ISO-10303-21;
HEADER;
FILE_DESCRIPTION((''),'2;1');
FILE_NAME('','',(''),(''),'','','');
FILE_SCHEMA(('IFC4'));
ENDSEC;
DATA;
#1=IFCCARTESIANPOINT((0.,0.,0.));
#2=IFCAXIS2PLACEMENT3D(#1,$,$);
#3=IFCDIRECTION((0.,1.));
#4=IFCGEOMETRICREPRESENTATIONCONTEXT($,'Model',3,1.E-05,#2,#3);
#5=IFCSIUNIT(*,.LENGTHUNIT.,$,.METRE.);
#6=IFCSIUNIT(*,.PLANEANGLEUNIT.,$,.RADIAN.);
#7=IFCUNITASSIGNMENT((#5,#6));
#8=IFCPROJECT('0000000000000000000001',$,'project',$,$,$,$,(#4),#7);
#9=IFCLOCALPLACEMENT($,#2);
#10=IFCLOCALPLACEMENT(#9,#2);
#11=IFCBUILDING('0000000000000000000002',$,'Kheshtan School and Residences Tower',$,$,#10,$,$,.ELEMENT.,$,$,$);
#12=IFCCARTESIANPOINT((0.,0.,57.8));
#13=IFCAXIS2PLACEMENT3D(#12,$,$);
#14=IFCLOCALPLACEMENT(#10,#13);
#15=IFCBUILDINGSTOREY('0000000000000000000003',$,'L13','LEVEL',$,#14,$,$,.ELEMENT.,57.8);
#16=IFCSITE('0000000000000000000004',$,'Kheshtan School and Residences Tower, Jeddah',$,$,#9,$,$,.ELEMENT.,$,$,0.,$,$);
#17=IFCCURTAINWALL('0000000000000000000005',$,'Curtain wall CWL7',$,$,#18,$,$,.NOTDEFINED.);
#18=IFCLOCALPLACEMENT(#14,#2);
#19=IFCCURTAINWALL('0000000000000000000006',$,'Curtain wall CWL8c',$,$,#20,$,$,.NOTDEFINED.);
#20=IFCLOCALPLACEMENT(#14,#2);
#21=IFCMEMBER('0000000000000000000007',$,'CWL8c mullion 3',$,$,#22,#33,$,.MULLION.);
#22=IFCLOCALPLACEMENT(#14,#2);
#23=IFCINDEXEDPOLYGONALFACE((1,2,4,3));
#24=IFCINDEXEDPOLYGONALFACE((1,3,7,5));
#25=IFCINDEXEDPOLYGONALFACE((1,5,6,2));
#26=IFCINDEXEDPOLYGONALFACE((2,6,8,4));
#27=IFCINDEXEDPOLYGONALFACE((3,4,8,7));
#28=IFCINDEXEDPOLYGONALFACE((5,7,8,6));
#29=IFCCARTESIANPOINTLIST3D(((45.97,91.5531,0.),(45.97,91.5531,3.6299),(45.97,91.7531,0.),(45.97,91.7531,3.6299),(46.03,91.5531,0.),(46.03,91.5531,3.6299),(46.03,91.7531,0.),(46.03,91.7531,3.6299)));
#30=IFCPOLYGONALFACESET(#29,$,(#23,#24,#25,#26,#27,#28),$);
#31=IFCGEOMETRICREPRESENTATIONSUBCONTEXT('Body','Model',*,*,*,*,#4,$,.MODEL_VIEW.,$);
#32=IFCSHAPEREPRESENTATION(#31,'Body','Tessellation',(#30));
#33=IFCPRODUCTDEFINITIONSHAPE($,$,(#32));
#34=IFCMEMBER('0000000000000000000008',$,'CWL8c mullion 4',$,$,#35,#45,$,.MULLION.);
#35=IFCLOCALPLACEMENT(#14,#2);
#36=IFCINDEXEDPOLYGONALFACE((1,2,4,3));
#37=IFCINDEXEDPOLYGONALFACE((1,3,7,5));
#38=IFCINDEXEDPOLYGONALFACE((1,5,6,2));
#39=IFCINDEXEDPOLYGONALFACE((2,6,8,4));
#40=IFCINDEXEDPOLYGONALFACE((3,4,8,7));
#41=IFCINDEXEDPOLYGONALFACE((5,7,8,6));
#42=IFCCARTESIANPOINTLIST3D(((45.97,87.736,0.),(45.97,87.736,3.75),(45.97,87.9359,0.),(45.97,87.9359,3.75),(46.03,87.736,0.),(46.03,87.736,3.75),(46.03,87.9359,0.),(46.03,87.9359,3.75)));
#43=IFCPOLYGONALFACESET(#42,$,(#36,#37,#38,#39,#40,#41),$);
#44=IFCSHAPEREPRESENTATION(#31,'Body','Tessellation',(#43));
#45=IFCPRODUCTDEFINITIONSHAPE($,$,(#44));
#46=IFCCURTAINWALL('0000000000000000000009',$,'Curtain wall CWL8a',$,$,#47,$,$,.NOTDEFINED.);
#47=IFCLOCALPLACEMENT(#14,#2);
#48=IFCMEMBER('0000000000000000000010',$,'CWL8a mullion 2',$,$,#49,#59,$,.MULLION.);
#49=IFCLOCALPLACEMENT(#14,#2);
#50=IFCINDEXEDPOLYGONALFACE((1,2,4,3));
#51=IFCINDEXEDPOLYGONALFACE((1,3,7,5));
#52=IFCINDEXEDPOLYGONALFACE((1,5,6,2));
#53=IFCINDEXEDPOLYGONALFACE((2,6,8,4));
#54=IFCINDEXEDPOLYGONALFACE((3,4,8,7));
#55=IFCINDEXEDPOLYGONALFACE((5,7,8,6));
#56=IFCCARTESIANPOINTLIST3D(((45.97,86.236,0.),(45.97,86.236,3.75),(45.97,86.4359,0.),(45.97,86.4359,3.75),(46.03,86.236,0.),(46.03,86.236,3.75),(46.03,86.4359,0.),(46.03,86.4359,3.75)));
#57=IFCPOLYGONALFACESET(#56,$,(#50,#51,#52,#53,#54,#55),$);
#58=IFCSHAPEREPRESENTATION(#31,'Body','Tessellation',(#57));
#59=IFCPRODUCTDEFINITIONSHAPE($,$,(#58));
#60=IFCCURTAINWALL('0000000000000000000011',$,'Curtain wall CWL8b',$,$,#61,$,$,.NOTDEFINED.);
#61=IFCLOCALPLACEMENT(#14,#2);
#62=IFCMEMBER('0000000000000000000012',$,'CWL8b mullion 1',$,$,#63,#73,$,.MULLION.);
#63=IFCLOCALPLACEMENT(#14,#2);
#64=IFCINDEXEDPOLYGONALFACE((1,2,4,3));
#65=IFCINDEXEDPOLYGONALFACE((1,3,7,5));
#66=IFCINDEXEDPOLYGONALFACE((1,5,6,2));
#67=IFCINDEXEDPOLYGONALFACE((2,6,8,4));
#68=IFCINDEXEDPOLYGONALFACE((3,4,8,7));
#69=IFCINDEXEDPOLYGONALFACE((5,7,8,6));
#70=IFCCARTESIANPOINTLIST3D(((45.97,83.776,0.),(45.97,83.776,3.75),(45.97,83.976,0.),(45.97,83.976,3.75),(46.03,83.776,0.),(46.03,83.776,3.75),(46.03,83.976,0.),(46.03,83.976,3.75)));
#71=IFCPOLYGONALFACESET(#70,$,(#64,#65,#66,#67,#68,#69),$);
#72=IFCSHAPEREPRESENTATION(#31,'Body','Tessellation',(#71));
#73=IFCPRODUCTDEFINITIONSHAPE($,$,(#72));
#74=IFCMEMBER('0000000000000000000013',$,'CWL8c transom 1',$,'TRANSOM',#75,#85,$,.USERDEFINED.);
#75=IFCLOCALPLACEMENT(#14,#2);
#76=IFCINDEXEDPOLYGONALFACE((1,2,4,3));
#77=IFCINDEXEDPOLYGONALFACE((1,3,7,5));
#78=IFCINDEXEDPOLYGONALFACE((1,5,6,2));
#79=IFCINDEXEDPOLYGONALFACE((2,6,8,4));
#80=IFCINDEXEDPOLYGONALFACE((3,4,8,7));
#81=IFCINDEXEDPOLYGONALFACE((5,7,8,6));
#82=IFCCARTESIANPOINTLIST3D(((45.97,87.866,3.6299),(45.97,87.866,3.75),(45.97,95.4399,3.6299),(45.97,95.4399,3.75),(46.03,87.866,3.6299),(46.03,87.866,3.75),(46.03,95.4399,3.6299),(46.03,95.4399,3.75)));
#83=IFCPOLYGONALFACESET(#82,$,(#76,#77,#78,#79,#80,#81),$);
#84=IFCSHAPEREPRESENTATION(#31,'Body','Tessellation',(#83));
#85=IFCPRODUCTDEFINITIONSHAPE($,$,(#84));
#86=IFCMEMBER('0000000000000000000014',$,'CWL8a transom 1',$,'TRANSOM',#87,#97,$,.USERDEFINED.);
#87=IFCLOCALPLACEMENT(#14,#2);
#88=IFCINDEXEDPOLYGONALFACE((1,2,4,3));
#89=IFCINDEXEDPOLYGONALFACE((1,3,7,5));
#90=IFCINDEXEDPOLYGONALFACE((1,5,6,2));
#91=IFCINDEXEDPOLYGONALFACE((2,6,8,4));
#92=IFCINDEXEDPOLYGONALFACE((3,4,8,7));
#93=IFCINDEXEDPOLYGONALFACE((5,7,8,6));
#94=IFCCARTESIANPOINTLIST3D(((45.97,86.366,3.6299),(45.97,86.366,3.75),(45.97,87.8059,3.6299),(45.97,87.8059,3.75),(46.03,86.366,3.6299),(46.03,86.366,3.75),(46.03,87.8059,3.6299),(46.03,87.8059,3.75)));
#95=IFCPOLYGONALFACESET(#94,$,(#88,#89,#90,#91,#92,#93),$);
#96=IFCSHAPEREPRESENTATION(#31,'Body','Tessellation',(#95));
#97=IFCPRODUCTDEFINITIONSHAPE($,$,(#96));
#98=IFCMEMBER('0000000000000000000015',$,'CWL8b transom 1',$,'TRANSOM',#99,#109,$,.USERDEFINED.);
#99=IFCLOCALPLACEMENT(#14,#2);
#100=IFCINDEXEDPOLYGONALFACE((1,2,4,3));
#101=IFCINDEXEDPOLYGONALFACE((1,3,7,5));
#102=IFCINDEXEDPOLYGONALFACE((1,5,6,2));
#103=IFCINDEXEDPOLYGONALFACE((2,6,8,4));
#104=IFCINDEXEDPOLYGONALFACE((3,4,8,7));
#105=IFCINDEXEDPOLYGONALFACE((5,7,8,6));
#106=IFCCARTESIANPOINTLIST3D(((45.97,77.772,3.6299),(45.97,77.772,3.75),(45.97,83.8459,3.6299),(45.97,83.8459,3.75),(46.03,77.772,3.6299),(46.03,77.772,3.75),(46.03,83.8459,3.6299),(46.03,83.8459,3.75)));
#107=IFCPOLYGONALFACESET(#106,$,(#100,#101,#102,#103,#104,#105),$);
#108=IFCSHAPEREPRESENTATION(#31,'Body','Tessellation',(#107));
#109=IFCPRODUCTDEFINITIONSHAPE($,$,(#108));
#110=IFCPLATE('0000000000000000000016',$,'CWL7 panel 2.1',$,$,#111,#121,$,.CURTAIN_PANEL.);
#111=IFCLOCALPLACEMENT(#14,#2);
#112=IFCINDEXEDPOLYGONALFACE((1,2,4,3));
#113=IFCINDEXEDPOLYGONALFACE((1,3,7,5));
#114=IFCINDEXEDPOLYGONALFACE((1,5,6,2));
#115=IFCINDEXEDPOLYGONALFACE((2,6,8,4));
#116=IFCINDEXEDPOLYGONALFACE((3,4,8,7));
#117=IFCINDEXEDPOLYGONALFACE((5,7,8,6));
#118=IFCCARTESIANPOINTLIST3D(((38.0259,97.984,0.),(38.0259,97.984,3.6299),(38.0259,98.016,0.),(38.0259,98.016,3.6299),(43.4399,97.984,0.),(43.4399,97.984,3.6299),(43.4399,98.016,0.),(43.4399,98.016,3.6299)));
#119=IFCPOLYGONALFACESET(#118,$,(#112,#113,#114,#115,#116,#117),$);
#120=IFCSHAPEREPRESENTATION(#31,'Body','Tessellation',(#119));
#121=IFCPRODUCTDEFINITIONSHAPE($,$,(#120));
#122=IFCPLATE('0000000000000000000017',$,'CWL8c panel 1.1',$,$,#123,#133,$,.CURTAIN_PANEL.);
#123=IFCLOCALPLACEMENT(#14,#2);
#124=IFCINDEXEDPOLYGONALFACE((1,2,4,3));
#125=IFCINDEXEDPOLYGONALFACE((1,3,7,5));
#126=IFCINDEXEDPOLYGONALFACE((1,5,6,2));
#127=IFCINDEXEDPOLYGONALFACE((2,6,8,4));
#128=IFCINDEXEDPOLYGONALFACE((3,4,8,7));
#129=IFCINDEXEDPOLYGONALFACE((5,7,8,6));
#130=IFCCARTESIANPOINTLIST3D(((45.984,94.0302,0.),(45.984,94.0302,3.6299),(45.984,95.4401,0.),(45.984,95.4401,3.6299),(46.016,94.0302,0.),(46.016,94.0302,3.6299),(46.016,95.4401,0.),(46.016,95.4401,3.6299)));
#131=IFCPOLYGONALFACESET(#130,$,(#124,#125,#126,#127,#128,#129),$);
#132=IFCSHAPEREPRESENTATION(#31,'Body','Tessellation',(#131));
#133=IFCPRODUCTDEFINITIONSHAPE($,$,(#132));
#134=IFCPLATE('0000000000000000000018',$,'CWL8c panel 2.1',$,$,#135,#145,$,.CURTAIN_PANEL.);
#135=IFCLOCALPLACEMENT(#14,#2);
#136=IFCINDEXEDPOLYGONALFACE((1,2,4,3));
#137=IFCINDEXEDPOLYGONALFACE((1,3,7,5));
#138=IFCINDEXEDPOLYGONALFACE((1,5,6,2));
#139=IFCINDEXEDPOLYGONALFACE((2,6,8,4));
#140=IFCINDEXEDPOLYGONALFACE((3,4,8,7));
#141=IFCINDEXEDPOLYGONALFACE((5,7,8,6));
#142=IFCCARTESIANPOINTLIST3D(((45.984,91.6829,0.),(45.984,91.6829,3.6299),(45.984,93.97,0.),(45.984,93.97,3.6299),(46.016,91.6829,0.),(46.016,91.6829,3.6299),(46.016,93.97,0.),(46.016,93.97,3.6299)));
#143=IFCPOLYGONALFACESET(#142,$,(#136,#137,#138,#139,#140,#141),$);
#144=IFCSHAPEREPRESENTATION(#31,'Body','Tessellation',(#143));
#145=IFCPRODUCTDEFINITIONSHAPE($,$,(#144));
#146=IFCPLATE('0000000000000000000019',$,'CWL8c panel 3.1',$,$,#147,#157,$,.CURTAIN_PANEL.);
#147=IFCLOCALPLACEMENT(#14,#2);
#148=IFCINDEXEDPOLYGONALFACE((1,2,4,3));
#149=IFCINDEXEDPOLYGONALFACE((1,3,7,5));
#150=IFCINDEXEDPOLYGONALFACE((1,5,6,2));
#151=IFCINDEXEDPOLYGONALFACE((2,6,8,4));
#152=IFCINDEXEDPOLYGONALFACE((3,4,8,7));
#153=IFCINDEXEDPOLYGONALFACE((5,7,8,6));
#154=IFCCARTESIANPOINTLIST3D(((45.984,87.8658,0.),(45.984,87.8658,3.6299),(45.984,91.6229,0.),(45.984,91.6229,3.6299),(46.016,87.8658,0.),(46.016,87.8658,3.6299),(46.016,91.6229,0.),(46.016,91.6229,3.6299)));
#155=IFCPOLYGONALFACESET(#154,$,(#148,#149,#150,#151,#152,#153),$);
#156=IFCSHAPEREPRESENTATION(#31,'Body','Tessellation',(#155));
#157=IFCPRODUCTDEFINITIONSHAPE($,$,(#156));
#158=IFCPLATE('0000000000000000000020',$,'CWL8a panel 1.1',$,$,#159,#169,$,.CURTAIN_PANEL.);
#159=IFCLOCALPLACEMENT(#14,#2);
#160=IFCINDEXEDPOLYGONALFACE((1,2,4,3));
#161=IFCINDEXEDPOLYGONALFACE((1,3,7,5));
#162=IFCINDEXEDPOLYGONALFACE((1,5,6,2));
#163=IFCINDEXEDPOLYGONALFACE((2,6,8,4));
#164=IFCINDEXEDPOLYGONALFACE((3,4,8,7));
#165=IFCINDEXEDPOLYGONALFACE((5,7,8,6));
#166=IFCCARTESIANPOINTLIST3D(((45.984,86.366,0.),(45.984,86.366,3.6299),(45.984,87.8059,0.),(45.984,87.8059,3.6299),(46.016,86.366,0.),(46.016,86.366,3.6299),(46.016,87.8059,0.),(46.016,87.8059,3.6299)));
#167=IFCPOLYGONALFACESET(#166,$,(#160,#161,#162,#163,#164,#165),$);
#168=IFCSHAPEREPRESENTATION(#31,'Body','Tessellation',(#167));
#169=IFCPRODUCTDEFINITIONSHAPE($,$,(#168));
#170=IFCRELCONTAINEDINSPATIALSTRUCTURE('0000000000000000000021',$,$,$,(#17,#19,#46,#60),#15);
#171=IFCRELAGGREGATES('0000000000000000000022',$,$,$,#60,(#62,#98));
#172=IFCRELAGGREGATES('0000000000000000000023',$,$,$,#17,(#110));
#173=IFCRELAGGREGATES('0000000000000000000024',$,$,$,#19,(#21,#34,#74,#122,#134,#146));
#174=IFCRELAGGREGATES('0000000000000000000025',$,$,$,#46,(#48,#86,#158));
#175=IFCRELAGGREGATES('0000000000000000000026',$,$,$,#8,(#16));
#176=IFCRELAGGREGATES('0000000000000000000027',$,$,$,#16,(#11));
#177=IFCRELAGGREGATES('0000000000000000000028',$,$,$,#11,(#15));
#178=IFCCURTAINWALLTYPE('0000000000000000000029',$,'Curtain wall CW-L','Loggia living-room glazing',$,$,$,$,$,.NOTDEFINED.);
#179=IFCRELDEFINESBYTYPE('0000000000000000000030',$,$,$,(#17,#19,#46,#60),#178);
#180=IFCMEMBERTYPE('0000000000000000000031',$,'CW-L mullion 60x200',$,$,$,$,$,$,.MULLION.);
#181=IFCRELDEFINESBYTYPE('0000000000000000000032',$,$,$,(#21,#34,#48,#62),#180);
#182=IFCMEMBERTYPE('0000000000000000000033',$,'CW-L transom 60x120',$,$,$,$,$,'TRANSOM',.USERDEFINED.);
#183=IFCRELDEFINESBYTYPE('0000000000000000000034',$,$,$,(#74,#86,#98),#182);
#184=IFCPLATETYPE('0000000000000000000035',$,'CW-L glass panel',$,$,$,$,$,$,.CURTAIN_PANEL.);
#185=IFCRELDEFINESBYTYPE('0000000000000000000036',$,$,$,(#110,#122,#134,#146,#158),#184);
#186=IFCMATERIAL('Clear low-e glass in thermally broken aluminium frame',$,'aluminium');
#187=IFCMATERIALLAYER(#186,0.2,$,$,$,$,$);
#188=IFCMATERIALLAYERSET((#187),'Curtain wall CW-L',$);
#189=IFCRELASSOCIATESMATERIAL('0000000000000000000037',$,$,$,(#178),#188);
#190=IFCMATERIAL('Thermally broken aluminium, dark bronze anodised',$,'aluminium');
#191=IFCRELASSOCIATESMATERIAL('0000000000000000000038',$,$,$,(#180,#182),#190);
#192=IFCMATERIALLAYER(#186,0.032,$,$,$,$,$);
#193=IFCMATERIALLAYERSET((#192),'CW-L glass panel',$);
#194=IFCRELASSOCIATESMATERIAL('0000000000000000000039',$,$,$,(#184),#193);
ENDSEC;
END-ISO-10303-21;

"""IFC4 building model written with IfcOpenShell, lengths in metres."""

from ifc_helpers import new_model, si_unit, direction, frame, origin, origin_2d, place, context, subcontext, project, spatial, rectangle, extrude, material, layer, layer_set, material_profile, profile_set, type_object, element, aggregate, save


model = new_model("IFC4")

# Units and contexts
model_context = context("Model", 3, precision=1e-05, world=origin(), true_north=direction((0.0, 1.0)))
body_context = subcontext(model_context, "Body", "Model", "MODEL_VIEW")
ifc_project = project(units=[si_unit("LENGTHUNIT", "METRE"), si_unit("PLANEANGLEUNIT", "RADIAN")], contexts=[model_context])

# Site, building, storey
site_placement = place(None, origin())
site = spatial("IfcSite", under=ifc_project, at=site_placement, Name="Kheshtan School and Residences Tower, Jeddah", CompositionType="ELEMENT", RefElevation=0.0)
building_placement = place(site_placement, origin())
building = spatial("IfcBuilding", under=site, at=building_placement, Name="Kheshtan School and Residences Tower", CompositionType="ELEMENT")
storey_placement = place(building_placement, frame((0.0, 0.0, 57.8)))
storey = spatial("IfcBuildingStorey", under=building, at=storey_placement, Name="L13", Description="LEVEL", CompositionType="ELEMENT", Elevation=57.8)

# Curtain walls, members
ifc_material_1 = material(Name="Clear low-e glass in thermally broken aluminium frame", Category="aluminium")
ifc_layer_1 = layer(ifc_material_1, 0.2)
ifc_layer_set_1 = layer_set([ifc_layer_1], Name="Curtain wall CW-L")
curtain_wall_type = type_object("IfcCurtainWallType", Name="Curtain wall CW-L", Description="Loggia living-room glazing", PredefinedType="NOTDEFINED", material=ifc_layer_set_1)
curtain_wall_1_placement = place(storey_placement, origin())
curtain_wall_1 = element("IfcCurtainWall", 1, at=curtain_wall_1_placement, inside=storey, type_object=curtain_wall_type, Name="Curtain wall CWL7", PredefinedType="NOTDEFINED")
ifc_material_2 = material(Name="Thermally broken aluminium, dark bronze anodised", Category="aluminium")
ifc_material_profile_1 = material_profile(ifc_material_2, rectangle(XDim=0.0601, YDim=0.2, at=origin_2d()), Name="CW-L mullion 60x200")
ifc_profile_set_1 = profile_set([ifc_material_profile_1], Name="Thermally broken aluminium, dark bronze anodised")
member_type_1 = type_object("IfcMemberType", Name="CW-L mullion 60x200", PredefinedType="MULLION", material=ifc_profile_set_1)
curtain_wall_2_placement = place(storey_placement, origin())
curtain_wall_2 = element("IfcCurtainWall", 2, at=curtain_wall_2_placement, inside=storey, type_object=curtain_wall_type, Name="Curtain wall CWL8c", PredefinedType="NOTDEFINED")
member_1_placement = place(storey_placement, frame((46.0, 91.6531, 0.0), z_axis=(0.0, 0.0, 1.0), x_axis=(1.0, 0.0, 0.0)))
member_1 = element("IfcMember", 3, at=member_1_placement, type_object=member_type_1, Name="CWL8c mullion 3", PredefinedType="MULLION", context=body_context, shape_type="SweptSolid", body=[
    extrude(rectangle(XDim=0.0601, YDim=0.2, at=origin_2d()), origin(), (0.0, 0.0, 1.0), 3.6299),
])
member_2_placement = place(storey_placement, frame((46.0, 87.8359, 0.0), z_axis=(0.0, 0.0, 1.0), x_axis=(1.0, 0.0, 0.0)))
member_2 = element("IfcMember", 4, at=member_2_placement, type_object=member_type_1, Name="CWL8c mullion 4", PredefinedType="MULLION", context=body_context, shape_type="SweptSolid", body=[
    extrude(rectangle(XDim=0.0601, YDim=0.2, at=origin_2d()), origin(), (0.0, 0.0, 1.0), 3.75),
])

# Curtain walls, members
curtain_wall_3_placement = place(storey_placement, origin())
curtain_wall_3 = element("IfcCurtainWall", 5, at=curtain_wall_3_placement, inside=storey, type_object=curtain_wall_type, Name="Curtain wall CWL8a", PredefinedType="NOTDEFINED")
member_3_placement = place(storey_placement, frame((46.0, 86.3359, 0.0), z_axis=(0.0, 0.0, 1.0), x_axis=(1.0, 0.0, 0.0)))
member_3 = element("IfcMember", 6, at=member_3_placement, type_object=member_type_1, Name="CWL8a mullion 2", PredefinedType="MULLION", context=body_context, shape_type="SweptSolid", body=[
    extrude(rectangle(XDim=0.0601, YDim=0.2, at=origin_2d()), origin(), (0.0, 0.0, 1.0), 3.75),
])
curtain_wall_4_placement = place(storey_placement, origin())
curtain_wall_4 = element("IfcCurtainWall", 7, at=curtain_wall_4_placement, inside=storey, type_object=curtain_wall_type, Name="Curtain wall CWL8b", PredefinedType="NOTDEFINED")
member_4_placement = place(storey_placement, frame((46.0, 83.876, 0.0), z_axis=(0.0, 0.0, 1.0), x_axis=(1.0, 0.0, 0.0)))
member_4 = element("IfcMember", 8, at=member_4_placement, type_object=member_type_1, Name="CWL8b mullion 1", PredefinedType="MULLION", context=body_context, shape_type="SweptSolid", body=[
    extrude(rectangle(XDim=0.0601, YDim=0.2, at=origin_2d()), origin(), (0.0, 0.0, 1.0), 3.75),
])

# Members
ifc_material_profile_2 = material_profile(ifc_material_2, rectangle(XDim=0.0601, YDim=0.1201, at=origin_2d()), Name="CW-L transom 60x120")
ifc_profile_set_2 = profile_set([ifc_material_profile_2], Name="Thermally broken aluminium, dark bronze anodised")
member_type_2 = type_object("IfcMemberType", Name="CW-L transom 60x120", ElementType="TRANSOM", PredefinedType="USERDEFINED", material=ifc_profile_set_2)
member_5_placement = place(storey_placement, frame((46.0, 95.4399, 3.6899), z_axis=(0.0, -1.0, 0.0), x_axis=(1.0, 0.0, 0.0)))
member_5 = element("IfcMember", 9, at=member_5_placement, type_object=member_type_2, Name="CWL8c transom 1", ObjectType="TRANSOM", PredefinedType="USERDEFINED", context=body_context, shape_type="SweptSolid", body=[
    extrude(rectangle(XDim=0.0601, YDim=0.1201, at=origin_2d()), origin(), (0.0, 0.0, 1.0), 7.574),
])
member_6_placement = place(storey_placement, frame((46.0, 87.8059, 3.6899), z_axis=(0.0, -1.0, 0.0), x_axis=(1.0, 0.0, 0.0)))
member_6 = element("IfcMember", 10, at=member_6_placement, type_object=member_type_2, Name="CWL8a transom 1", ObjectType="TRANSOM", PredefinedType="USERDEFINED", context=body_context, shape_type="SweptSolid", body=[
    extrude(rectangle(XDim=0.0601, YDim=0.1201, at=origin_2d()), origin(), (0.0, 0.0, 1.0), 1.4399),
])
member_7_placement = place(storey_placement, frame((46.0, 83.8459, 3.6899), z_axis=(0.0, -1.0, 0.0), x_axis=(1.0, 0.0, 0.0)))
member_7 = element("IfcMember", 11, at=member_7_placement, type_object=member_type_2, Name="CWL8b transom 1", ObjectType="TRANSOM", PredefinedType="USERDEFINED", context=body_context, shape_type="SweptSolid", body=[
    extrude(rectangle(XDim=0.0601, YDim=0.1201, at=origin_2d()), origin(), (0.0, 0.0, 1.0), 6.074),
])
aggregate(curtain_wall_4, [member_4, member_7])

# Plates
ifc_layer_2 = layer(ifc_material_1, 0.032)
ifc_layer_set_2 = layer_set([ifc_layer_2], Name="CW-L glass panel")
plate_type = type_object("IfcPlateType", Name="CW-L glass panel", PredefinedType="CURTAIN_PANEL", material=ifc_layer_set_2)
plate_1_placement = place(storey_placement, frame((40.7329, 98.0, 0.0), z_axis=(0.0, 0.0, 1.0), x_axis=(1.0, 0.0, 0.0)))
plate_1 = element("IfcPlate", 12, at=plate_1_placement, type_object=plate_type, Name="CWL7 panel 2.1", PredefinedType="CURTAIN_PANEL", context=body_context, shape_type="SweptSolid", body=[
    extrude(rectangle(XDim=5.4141, YDim=0.032, at=origin_2d()), origin(), (0.0, 0.0, 1.0), 3.6299),
])
aggregate(curtain_wall_1, [plate_1])
plate_2_placement = place(storey_placement, frame((46.0, 94.7351, 0.0), z_axis=(0.0, 0.0, 1.0), x_axis=(0.0, -1.0, 0.0)))
plate_2 = element("IfcPlate", 13, at=plate_2_placement, type_object=plate_type, Name="CWL8c panel 1.1", PredefinedType="CURTAIN_PANEL", context=body_context, shape_type="SweptSolid", body=[
    extrude(rectangle(XDim=1.4099, YDim=0.032, at=origin_2d()), origin(), (0.0, 0.0, 1.0), 3.6299),
])
plate_3_placement = place(storey_placement, frame((46.0, 92.8264, 0.0), z_axis=(0.0, 0.0, 1.0), x_axis=(0.0, -1.0, 0.0)))
plate_3 = element("IfcPlate", 14, at=plate_3_placement, type_object=plate_type, Name="CWL8c panel 2.1", PredefinedType="CURTAIN_PANEL", context=body_context, shape_type="SweptSolid", body=[
    extrude(rectangle(XDim=2.2871, YDim=0.032, at=origin_2d()), origin(), (0.0, 0.0, 1.0), 3.6299),
])
plate_4_placement = place(storey_placement, frame((46.0, 89.7444, 0.0), z_axis=(0.0, 0.0, 1.0), x_axis=(0.0, -1.0, 0.0)))
plate_4 = element("IfcPlate", 15, at=plate_4_placement, type_object=plate_type, Name="CWL8c panel 3.1", PredefinedType="CURTAIN_PANEL", context=body_context, shape_type="SweptSolid", body=[
    extrude(rectangle(XDim=3.7571, YDim=0.032, at=origin_2d()), origin(), (0.0, 0.0, 1.0), 3.6299),
])
aggregate(curtain_wall_2, [member_1, member_2, member_5, plate_2, plate_3, plate_4])
plate_5_placement = place(storey_placement, frame((46.0, 87.0859, 0.0), z_axis=(0.0, 0.0, 1.0), x_axis=(0.0, -1.0, 0.0)))
plate_5 = element("IfcPlate", 16, at=plate_5_placement, type_object=plate_type, Name="CWL8a panel 1.1", PredefinedType="CURTAIN_PANEL", context=body_context, shape_type="SweptSolid", body=[
    extrude(rectangle(XDim=1.4399, YDim=0.032, at=origin_2d()), origin(), (0.0, 0.0, 1.0), 3.6299),
])
aggregate(curtain_wall_3, [member_3, member_6, plate_5])

save(model, "model.ifc")
